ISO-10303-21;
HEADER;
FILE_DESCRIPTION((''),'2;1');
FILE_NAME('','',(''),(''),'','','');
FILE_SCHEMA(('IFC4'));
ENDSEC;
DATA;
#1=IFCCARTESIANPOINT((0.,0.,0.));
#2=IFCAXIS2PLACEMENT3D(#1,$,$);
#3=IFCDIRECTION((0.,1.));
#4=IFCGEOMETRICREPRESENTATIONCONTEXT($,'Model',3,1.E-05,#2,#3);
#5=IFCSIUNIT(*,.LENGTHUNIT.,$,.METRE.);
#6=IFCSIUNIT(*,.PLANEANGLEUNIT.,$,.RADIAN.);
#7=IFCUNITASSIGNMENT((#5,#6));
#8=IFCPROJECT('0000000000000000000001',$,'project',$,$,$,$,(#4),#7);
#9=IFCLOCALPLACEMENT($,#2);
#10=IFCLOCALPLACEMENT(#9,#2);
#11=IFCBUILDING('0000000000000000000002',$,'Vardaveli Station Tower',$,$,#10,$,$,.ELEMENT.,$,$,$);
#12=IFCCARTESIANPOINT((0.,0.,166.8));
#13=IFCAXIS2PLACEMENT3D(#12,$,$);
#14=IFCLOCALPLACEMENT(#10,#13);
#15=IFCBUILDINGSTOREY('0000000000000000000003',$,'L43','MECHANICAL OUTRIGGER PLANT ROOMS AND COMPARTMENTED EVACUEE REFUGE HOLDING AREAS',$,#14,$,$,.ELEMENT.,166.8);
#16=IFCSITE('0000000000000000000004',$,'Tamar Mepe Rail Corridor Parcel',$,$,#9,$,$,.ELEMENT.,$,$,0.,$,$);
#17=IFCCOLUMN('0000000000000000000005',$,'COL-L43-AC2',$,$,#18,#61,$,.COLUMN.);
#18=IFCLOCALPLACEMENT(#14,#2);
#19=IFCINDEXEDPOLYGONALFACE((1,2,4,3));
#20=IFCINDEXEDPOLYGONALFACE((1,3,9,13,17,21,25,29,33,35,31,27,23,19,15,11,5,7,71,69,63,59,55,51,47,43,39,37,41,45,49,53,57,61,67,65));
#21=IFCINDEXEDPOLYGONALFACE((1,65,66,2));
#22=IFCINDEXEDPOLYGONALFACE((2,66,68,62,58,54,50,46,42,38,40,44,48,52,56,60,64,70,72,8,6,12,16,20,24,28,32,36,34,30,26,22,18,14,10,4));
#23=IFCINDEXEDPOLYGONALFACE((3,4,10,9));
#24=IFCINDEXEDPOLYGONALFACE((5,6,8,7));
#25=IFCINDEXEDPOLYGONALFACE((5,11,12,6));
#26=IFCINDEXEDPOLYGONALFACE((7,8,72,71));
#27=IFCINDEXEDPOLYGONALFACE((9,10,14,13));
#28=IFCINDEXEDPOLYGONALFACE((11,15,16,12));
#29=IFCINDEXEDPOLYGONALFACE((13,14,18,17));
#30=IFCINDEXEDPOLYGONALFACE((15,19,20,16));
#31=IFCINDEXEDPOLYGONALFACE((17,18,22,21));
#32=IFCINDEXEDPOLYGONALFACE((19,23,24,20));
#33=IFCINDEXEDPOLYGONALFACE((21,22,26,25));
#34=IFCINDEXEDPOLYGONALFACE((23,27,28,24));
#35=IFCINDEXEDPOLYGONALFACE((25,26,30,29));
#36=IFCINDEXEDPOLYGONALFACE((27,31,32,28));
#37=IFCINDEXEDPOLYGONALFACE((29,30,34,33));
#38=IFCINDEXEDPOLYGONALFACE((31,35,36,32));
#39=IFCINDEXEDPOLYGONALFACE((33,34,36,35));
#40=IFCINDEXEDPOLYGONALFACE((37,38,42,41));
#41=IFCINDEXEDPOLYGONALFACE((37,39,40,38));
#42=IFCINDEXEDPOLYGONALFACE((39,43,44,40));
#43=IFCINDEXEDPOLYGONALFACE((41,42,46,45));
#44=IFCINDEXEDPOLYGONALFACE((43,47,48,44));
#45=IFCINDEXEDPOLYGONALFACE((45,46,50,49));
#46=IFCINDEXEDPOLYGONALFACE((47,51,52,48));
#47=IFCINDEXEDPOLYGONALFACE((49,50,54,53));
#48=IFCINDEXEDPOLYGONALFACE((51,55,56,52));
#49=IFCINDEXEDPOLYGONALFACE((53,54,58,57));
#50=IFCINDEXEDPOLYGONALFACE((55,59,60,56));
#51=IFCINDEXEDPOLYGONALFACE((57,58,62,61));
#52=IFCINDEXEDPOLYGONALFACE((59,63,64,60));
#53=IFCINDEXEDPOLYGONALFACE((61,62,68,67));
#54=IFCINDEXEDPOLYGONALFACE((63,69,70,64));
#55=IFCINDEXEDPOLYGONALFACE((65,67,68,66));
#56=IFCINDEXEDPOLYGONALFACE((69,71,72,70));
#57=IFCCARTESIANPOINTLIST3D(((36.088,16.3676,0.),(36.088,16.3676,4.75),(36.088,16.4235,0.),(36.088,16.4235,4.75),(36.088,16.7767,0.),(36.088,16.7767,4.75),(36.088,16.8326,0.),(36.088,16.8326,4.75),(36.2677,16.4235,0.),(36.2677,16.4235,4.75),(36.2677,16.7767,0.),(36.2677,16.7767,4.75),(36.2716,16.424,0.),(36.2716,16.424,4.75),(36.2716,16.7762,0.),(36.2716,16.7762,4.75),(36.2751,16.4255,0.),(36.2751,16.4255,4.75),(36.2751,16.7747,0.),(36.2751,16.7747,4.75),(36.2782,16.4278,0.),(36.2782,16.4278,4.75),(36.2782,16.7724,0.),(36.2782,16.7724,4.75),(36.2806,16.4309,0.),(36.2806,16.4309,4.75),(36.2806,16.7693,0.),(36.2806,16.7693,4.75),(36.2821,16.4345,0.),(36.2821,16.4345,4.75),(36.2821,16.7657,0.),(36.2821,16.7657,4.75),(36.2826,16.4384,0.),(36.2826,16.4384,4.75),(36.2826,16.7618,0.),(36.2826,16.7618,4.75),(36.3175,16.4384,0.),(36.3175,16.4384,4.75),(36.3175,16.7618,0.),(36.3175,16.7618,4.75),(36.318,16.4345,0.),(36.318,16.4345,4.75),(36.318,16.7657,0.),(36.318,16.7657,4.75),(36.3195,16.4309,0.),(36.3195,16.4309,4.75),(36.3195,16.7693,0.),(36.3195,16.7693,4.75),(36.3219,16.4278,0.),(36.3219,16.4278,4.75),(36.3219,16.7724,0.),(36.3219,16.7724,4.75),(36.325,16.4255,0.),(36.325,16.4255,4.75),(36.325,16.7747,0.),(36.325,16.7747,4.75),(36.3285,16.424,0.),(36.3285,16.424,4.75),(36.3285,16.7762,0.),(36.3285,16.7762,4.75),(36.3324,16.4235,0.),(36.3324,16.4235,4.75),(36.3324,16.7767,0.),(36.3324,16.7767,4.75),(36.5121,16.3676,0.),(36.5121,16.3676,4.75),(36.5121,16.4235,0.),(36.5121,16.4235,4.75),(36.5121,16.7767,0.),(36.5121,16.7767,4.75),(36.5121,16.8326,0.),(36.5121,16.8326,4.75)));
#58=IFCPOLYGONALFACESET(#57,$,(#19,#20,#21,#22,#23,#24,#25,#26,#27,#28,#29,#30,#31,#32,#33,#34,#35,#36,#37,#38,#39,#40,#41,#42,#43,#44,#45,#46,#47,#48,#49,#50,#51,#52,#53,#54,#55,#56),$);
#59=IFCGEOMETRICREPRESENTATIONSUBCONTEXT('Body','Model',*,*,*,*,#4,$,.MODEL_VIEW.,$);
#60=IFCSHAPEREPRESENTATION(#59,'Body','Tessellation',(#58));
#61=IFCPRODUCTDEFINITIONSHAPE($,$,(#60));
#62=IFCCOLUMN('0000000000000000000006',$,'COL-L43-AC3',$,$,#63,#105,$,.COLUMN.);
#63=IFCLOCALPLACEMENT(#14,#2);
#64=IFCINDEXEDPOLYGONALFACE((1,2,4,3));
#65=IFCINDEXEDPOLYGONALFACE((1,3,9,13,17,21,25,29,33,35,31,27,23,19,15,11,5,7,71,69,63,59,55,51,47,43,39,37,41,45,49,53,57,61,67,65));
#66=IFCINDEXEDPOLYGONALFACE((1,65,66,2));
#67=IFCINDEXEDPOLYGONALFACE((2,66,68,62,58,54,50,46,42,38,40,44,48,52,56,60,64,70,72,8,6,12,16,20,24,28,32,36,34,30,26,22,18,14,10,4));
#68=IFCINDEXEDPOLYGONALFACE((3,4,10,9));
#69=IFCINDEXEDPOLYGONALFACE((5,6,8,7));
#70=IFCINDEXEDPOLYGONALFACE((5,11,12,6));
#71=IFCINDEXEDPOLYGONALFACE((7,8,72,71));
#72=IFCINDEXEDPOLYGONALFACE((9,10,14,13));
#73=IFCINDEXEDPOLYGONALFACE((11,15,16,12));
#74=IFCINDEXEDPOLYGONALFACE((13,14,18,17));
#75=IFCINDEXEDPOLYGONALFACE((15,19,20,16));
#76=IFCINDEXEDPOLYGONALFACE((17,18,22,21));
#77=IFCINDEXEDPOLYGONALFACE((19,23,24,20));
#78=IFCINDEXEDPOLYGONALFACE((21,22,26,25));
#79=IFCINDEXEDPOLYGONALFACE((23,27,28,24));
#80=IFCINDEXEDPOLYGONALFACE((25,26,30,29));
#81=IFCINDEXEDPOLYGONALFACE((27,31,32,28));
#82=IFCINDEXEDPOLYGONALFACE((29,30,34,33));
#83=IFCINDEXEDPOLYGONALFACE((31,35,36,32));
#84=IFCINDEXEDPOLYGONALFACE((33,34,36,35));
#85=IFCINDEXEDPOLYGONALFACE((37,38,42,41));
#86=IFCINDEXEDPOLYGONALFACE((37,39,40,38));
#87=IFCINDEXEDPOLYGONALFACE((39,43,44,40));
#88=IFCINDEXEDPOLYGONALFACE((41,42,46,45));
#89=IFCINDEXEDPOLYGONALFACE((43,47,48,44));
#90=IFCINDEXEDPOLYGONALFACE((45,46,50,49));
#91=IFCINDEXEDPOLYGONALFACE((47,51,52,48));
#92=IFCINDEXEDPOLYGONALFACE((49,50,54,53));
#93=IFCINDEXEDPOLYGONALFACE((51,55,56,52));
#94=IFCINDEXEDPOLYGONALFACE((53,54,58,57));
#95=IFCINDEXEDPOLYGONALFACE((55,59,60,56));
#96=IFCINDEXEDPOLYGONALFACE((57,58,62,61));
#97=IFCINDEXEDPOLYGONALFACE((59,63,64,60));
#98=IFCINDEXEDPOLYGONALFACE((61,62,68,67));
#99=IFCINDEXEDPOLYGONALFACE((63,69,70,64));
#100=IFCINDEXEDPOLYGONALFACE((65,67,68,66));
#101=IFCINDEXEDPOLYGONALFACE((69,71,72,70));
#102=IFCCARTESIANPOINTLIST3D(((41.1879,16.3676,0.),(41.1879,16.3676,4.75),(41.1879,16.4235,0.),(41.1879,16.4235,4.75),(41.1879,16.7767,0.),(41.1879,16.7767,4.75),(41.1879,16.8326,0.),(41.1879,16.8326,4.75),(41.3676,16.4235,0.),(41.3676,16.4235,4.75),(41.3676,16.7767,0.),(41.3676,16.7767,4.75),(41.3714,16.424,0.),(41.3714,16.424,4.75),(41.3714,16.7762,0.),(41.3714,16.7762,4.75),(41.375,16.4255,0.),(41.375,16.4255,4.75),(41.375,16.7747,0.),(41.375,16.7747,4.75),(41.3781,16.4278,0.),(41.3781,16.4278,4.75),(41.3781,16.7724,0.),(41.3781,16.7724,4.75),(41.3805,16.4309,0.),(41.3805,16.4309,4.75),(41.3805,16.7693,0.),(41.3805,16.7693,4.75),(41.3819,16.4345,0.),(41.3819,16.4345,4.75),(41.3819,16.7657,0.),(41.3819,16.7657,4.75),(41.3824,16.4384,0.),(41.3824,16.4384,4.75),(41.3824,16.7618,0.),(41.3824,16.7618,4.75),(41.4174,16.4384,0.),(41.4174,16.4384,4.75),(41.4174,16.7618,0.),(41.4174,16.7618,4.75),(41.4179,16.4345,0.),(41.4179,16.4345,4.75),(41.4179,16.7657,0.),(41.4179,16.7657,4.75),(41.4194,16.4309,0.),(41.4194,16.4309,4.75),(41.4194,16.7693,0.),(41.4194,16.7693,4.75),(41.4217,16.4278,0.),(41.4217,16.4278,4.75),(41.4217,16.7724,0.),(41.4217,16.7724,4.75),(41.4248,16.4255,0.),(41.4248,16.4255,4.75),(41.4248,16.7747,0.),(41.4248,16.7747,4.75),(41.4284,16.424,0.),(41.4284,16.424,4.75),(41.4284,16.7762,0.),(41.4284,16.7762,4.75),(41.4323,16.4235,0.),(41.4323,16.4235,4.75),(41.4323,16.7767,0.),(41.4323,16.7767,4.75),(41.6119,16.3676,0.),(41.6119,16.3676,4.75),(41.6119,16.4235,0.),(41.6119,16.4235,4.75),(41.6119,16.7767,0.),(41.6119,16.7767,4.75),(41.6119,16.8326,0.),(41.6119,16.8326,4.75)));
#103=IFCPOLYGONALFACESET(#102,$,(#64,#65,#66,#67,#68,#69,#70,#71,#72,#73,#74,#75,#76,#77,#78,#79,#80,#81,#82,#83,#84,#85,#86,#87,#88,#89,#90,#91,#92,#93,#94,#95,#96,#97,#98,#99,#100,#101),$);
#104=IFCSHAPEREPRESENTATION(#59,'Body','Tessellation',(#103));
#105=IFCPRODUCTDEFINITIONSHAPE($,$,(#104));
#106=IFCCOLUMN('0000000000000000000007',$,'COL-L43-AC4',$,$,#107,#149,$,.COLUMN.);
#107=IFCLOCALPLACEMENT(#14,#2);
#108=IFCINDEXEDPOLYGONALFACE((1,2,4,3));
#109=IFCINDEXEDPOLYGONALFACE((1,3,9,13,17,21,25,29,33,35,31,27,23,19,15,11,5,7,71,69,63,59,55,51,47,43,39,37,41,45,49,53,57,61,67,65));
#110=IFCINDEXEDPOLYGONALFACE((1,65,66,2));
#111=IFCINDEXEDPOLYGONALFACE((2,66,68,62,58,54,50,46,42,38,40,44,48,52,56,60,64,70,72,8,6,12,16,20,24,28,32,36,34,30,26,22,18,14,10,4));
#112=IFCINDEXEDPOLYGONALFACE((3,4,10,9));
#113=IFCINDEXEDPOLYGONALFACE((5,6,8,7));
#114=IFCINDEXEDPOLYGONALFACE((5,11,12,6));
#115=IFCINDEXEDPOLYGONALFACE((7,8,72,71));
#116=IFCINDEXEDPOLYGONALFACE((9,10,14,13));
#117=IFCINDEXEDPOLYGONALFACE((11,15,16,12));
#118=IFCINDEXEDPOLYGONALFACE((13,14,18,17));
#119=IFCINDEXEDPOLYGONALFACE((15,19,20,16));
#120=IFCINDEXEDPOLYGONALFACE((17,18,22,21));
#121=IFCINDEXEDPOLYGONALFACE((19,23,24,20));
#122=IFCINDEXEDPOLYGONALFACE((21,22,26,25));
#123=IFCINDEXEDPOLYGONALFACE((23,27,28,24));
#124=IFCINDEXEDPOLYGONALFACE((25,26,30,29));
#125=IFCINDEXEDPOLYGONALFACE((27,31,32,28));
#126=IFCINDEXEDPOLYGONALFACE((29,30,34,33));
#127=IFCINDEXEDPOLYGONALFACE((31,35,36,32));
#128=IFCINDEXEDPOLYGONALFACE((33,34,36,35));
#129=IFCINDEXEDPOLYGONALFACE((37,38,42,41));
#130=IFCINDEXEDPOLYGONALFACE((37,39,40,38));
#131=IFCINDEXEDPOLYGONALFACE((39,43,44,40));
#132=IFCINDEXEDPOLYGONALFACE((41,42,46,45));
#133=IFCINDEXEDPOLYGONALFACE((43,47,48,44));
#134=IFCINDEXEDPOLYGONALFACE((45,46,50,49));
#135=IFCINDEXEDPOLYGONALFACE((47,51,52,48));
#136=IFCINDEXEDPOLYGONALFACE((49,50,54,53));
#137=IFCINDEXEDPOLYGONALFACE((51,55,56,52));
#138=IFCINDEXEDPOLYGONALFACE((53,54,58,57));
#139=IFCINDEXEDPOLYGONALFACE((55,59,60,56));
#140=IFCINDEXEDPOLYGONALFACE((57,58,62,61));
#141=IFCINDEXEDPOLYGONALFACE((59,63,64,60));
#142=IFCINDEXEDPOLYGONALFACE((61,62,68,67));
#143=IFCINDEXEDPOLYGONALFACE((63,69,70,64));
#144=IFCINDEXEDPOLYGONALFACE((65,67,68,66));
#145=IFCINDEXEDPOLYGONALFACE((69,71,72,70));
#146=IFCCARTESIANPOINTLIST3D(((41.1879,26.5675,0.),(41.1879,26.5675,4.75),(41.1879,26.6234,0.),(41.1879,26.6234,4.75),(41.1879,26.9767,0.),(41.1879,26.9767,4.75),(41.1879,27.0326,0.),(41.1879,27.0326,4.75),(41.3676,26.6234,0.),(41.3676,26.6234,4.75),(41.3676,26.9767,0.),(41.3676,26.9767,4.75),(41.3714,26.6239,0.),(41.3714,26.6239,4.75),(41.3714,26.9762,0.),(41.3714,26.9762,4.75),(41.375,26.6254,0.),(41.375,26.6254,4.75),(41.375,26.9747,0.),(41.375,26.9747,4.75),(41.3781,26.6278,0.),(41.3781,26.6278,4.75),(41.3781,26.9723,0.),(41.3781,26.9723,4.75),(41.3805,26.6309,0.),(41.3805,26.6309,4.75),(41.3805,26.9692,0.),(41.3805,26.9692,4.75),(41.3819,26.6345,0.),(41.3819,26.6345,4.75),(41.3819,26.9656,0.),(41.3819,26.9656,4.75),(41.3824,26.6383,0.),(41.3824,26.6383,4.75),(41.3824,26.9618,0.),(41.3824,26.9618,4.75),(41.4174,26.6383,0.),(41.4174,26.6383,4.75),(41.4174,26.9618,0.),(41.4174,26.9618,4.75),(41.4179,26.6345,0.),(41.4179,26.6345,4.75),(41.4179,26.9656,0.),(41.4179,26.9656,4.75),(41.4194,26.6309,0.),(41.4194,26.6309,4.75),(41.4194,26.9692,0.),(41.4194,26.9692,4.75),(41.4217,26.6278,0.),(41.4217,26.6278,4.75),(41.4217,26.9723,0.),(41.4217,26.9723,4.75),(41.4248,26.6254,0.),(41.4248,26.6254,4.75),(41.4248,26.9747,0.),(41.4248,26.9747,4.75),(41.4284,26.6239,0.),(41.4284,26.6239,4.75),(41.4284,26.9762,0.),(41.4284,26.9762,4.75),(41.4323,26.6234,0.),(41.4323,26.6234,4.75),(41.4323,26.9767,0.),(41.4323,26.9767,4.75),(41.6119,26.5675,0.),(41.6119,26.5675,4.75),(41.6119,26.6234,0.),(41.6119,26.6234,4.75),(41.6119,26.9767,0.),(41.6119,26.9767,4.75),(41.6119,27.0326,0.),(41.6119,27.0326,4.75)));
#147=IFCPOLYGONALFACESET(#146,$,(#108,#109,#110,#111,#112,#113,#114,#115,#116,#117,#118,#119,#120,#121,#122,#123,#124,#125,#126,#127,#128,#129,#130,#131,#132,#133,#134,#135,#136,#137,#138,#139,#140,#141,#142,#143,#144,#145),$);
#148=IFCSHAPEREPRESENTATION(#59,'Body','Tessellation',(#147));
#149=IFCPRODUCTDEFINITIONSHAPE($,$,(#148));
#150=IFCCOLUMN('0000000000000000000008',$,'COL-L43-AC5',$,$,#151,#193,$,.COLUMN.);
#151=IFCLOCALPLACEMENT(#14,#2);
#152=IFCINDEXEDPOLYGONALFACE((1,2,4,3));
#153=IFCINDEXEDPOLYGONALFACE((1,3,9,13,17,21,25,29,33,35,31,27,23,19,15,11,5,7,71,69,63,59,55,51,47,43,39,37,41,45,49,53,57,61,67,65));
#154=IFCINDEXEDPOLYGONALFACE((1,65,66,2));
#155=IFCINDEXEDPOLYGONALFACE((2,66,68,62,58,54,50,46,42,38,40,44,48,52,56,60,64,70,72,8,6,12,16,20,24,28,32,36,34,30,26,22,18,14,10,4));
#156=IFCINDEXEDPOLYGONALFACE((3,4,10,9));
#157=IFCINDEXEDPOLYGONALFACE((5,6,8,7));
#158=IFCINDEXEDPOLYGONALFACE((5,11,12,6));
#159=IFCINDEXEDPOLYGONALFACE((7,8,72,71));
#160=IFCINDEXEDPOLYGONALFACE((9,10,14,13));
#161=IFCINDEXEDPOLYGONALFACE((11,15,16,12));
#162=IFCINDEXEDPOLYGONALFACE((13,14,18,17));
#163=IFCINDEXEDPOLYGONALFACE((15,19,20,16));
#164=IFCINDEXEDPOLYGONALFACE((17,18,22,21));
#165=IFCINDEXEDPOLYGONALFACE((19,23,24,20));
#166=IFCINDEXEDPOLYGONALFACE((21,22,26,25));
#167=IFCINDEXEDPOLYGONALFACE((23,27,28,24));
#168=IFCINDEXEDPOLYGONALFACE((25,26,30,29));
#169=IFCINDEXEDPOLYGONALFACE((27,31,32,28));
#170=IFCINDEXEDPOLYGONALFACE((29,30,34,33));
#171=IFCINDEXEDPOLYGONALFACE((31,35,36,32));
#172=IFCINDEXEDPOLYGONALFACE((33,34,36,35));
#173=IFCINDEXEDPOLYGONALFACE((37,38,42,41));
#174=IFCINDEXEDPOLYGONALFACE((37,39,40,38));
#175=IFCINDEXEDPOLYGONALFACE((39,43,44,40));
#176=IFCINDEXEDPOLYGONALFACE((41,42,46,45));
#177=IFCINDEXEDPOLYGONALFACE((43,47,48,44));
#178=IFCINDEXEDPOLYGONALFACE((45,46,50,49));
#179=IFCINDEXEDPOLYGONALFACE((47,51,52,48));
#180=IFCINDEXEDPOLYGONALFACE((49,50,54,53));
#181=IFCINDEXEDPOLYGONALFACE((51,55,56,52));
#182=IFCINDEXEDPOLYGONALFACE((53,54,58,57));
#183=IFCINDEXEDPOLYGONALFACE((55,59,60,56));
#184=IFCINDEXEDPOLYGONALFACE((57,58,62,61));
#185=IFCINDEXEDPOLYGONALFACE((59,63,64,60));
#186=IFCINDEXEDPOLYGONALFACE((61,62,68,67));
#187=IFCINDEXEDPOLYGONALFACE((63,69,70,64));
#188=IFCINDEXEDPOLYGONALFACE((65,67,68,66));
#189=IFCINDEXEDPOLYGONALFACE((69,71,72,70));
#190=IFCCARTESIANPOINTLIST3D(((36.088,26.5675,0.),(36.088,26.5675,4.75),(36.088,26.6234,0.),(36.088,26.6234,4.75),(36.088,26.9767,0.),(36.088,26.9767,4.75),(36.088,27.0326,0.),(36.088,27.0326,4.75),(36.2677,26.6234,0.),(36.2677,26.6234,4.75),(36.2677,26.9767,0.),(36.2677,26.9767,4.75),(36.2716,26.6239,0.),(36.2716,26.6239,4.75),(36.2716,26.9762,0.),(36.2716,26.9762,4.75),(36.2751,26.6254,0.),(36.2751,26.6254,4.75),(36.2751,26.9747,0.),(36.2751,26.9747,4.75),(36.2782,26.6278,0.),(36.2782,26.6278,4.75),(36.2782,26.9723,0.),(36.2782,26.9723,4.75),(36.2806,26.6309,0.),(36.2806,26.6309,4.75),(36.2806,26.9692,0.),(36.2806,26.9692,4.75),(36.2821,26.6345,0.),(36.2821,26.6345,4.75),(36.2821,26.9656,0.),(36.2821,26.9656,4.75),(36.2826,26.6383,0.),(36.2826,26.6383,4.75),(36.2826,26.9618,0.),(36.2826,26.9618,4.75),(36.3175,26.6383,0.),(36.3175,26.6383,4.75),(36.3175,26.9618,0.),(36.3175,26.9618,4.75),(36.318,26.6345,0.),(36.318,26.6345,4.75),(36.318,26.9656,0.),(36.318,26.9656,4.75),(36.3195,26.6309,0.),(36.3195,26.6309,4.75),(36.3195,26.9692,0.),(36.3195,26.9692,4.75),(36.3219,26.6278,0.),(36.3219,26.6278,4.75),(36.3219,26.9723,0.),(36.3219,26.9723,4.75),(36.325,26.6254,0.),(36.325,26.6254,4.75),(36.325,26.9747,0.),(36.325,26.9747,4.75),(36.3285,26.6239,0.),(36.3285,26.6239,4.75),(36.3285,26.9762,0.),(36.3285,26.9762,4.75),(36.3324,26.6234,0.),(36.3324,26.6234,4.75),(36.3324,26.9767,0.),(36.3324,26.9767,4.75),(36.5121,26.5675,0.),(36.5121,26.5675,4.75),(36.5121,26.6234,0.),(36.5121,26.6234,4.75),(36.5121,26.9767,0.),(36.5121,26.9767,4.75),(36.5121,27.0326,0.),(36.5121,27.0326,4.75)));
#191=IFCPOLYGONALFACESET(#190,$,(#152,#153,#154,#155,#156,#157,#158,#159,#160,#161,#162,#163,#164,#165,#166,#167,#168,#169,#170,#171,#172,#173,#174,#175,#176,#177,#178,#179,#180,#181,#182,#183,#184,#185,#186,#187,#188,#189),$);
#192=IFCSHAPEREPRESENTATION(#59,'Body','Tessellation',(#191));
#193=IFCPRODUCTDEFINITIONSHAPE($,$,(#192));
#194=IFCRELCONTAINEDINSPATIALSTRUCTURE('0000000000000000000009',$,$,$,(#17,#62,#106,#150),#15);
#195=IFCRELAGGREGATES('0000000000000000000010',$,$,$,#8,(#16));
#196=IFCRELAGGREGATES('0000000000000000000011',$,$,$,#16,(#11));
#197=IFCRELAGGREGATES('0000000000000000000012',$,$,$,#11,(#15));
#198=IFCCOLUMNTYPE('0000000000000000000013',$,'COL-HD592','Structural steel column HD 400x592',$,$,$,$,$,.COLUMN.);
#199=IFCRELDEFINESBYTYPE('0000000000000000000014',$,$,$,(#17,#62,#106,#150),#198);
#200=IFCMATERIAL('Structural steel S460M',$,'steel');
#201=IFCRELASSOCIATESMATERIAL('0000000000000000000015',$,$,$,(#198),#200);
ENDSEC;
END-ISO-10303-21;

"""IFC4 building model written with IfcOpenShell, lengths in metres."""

from ifc_helpers import new_model, si_unit, direction, frame, origin, origin_2d, place, context, subcontext, project, spatial, i_section, extrude, source, transform, mapped, material, material_profile, profile_set, type_object, element, save


model = new_model("IFC4")

# Units and contexts
model_context = context("Model", 3, precision=1e-05, world=origin(), true_north=direction((0.0, 1.0)))
body_context = subcontext(model_context, "Body", "Model", "MODEL_VIEW")
ifc_project = project(units=[si_unit("LENGTHUNIT", "METRE"), si_unit("PLANEANGLEUNIT", "RADIAN")], contexts=[model_context])

# Site, building, storey
site_placement = place(None, origin())
site = spatial("IfcSite", under=ifc_project, at=site_placement, Name="Tamar Mepe Rail Corridor Parcel", CompositionType="ELEMENT", RefElevation=0.0)
building_placement = place(site_placement, origin())
building = spatial("IfcBuilding", under=site, at=building_placement, Name="Vardaveli Station Tower", CompositionType="ELEMENT")
storey_placement = place(building_placement, frame((0.0, 0.0, 166.8)))
storey = spatial("IfcBuildingStorey", under=building, at=storey_placement, Name="L43", Description="MECHANICAL OUTRIGGER PLANT ROOMS AND COMPARTMENTED EVACUEE REFUGE HOLDING AREAS", CompositionType="ELEMENT", Elevation=166.8)

# Columns
ifc_material_1 = material(Name="Structural steel S460M", Category="steel")
ifc_material_profile_1 = material_profile(ifc_material_1, i_section(OverallWidth=0.4241, OverallDepth=0.4651, WebThickness=0.0349, FlangeThickness=0.0559, FilletRadius=0.0149, at=origin_2d()), Name="HD 400x592")
ifc_profile_set_1 = profile_set([ifc_material_profile_1], Name="Structural steel S460M")
column_type = type_object("IfcColumnType", Name="COL-HD592", Description="Structural steel column HD 400x592", PredefinedType="COLUMN", material=ifc_profile_set_1)
shared_shape_1 = source(origin(), body_context, "Body", "SweptSolid", [
    extrude(i_section(OverallWidth=0.4241, OverallDepth=0.4651, WebThickness=0.0349, FlangeThickness=0.0559, FilletRadius=0.0149, at=origin_2d()), origin(), (0.0, 0.0, 1.0), 4.75),
])
for number, where, z_axis, x_axis, name in (
    (1, (36.3, 16.6001, 0.0), (0.0, 0.0, 1.0), (1.0, 0.0, 0.0), "COL-L43-AC2"),
    (2, (41.3999, 16.6001, 0.0), (0.0, 0.0, 1.0), (1.0, 0.0, 0.0), "COL-L43-AC3"),
    (3, (41.3999, 26.8, 0.0), (0.0, 0.0, 1.0), (1.0, 0.0, 0.0), "COL-L43-AC4"),
    (4, (36.3, 26.8, 0.0), (0.0, 0.0, 1.0), (1.0, 0.0, 0.0), "COL-L43-AC5"),
):
    element("IfcColumn", number, at=place(storey_placement, frame(where, z_axis=z_axis, x_axis=x_axis)), inside=storey, type_object=column_type, Name=name, PredefinedType="COLUMN", context=body_context, shape_type="MappedRepresentation", body=[
        mapped(shared_shape_1, transform((0.0, 0.0, 0.0), scale=1.0)),
    ])

save(model, "model.ifc")
